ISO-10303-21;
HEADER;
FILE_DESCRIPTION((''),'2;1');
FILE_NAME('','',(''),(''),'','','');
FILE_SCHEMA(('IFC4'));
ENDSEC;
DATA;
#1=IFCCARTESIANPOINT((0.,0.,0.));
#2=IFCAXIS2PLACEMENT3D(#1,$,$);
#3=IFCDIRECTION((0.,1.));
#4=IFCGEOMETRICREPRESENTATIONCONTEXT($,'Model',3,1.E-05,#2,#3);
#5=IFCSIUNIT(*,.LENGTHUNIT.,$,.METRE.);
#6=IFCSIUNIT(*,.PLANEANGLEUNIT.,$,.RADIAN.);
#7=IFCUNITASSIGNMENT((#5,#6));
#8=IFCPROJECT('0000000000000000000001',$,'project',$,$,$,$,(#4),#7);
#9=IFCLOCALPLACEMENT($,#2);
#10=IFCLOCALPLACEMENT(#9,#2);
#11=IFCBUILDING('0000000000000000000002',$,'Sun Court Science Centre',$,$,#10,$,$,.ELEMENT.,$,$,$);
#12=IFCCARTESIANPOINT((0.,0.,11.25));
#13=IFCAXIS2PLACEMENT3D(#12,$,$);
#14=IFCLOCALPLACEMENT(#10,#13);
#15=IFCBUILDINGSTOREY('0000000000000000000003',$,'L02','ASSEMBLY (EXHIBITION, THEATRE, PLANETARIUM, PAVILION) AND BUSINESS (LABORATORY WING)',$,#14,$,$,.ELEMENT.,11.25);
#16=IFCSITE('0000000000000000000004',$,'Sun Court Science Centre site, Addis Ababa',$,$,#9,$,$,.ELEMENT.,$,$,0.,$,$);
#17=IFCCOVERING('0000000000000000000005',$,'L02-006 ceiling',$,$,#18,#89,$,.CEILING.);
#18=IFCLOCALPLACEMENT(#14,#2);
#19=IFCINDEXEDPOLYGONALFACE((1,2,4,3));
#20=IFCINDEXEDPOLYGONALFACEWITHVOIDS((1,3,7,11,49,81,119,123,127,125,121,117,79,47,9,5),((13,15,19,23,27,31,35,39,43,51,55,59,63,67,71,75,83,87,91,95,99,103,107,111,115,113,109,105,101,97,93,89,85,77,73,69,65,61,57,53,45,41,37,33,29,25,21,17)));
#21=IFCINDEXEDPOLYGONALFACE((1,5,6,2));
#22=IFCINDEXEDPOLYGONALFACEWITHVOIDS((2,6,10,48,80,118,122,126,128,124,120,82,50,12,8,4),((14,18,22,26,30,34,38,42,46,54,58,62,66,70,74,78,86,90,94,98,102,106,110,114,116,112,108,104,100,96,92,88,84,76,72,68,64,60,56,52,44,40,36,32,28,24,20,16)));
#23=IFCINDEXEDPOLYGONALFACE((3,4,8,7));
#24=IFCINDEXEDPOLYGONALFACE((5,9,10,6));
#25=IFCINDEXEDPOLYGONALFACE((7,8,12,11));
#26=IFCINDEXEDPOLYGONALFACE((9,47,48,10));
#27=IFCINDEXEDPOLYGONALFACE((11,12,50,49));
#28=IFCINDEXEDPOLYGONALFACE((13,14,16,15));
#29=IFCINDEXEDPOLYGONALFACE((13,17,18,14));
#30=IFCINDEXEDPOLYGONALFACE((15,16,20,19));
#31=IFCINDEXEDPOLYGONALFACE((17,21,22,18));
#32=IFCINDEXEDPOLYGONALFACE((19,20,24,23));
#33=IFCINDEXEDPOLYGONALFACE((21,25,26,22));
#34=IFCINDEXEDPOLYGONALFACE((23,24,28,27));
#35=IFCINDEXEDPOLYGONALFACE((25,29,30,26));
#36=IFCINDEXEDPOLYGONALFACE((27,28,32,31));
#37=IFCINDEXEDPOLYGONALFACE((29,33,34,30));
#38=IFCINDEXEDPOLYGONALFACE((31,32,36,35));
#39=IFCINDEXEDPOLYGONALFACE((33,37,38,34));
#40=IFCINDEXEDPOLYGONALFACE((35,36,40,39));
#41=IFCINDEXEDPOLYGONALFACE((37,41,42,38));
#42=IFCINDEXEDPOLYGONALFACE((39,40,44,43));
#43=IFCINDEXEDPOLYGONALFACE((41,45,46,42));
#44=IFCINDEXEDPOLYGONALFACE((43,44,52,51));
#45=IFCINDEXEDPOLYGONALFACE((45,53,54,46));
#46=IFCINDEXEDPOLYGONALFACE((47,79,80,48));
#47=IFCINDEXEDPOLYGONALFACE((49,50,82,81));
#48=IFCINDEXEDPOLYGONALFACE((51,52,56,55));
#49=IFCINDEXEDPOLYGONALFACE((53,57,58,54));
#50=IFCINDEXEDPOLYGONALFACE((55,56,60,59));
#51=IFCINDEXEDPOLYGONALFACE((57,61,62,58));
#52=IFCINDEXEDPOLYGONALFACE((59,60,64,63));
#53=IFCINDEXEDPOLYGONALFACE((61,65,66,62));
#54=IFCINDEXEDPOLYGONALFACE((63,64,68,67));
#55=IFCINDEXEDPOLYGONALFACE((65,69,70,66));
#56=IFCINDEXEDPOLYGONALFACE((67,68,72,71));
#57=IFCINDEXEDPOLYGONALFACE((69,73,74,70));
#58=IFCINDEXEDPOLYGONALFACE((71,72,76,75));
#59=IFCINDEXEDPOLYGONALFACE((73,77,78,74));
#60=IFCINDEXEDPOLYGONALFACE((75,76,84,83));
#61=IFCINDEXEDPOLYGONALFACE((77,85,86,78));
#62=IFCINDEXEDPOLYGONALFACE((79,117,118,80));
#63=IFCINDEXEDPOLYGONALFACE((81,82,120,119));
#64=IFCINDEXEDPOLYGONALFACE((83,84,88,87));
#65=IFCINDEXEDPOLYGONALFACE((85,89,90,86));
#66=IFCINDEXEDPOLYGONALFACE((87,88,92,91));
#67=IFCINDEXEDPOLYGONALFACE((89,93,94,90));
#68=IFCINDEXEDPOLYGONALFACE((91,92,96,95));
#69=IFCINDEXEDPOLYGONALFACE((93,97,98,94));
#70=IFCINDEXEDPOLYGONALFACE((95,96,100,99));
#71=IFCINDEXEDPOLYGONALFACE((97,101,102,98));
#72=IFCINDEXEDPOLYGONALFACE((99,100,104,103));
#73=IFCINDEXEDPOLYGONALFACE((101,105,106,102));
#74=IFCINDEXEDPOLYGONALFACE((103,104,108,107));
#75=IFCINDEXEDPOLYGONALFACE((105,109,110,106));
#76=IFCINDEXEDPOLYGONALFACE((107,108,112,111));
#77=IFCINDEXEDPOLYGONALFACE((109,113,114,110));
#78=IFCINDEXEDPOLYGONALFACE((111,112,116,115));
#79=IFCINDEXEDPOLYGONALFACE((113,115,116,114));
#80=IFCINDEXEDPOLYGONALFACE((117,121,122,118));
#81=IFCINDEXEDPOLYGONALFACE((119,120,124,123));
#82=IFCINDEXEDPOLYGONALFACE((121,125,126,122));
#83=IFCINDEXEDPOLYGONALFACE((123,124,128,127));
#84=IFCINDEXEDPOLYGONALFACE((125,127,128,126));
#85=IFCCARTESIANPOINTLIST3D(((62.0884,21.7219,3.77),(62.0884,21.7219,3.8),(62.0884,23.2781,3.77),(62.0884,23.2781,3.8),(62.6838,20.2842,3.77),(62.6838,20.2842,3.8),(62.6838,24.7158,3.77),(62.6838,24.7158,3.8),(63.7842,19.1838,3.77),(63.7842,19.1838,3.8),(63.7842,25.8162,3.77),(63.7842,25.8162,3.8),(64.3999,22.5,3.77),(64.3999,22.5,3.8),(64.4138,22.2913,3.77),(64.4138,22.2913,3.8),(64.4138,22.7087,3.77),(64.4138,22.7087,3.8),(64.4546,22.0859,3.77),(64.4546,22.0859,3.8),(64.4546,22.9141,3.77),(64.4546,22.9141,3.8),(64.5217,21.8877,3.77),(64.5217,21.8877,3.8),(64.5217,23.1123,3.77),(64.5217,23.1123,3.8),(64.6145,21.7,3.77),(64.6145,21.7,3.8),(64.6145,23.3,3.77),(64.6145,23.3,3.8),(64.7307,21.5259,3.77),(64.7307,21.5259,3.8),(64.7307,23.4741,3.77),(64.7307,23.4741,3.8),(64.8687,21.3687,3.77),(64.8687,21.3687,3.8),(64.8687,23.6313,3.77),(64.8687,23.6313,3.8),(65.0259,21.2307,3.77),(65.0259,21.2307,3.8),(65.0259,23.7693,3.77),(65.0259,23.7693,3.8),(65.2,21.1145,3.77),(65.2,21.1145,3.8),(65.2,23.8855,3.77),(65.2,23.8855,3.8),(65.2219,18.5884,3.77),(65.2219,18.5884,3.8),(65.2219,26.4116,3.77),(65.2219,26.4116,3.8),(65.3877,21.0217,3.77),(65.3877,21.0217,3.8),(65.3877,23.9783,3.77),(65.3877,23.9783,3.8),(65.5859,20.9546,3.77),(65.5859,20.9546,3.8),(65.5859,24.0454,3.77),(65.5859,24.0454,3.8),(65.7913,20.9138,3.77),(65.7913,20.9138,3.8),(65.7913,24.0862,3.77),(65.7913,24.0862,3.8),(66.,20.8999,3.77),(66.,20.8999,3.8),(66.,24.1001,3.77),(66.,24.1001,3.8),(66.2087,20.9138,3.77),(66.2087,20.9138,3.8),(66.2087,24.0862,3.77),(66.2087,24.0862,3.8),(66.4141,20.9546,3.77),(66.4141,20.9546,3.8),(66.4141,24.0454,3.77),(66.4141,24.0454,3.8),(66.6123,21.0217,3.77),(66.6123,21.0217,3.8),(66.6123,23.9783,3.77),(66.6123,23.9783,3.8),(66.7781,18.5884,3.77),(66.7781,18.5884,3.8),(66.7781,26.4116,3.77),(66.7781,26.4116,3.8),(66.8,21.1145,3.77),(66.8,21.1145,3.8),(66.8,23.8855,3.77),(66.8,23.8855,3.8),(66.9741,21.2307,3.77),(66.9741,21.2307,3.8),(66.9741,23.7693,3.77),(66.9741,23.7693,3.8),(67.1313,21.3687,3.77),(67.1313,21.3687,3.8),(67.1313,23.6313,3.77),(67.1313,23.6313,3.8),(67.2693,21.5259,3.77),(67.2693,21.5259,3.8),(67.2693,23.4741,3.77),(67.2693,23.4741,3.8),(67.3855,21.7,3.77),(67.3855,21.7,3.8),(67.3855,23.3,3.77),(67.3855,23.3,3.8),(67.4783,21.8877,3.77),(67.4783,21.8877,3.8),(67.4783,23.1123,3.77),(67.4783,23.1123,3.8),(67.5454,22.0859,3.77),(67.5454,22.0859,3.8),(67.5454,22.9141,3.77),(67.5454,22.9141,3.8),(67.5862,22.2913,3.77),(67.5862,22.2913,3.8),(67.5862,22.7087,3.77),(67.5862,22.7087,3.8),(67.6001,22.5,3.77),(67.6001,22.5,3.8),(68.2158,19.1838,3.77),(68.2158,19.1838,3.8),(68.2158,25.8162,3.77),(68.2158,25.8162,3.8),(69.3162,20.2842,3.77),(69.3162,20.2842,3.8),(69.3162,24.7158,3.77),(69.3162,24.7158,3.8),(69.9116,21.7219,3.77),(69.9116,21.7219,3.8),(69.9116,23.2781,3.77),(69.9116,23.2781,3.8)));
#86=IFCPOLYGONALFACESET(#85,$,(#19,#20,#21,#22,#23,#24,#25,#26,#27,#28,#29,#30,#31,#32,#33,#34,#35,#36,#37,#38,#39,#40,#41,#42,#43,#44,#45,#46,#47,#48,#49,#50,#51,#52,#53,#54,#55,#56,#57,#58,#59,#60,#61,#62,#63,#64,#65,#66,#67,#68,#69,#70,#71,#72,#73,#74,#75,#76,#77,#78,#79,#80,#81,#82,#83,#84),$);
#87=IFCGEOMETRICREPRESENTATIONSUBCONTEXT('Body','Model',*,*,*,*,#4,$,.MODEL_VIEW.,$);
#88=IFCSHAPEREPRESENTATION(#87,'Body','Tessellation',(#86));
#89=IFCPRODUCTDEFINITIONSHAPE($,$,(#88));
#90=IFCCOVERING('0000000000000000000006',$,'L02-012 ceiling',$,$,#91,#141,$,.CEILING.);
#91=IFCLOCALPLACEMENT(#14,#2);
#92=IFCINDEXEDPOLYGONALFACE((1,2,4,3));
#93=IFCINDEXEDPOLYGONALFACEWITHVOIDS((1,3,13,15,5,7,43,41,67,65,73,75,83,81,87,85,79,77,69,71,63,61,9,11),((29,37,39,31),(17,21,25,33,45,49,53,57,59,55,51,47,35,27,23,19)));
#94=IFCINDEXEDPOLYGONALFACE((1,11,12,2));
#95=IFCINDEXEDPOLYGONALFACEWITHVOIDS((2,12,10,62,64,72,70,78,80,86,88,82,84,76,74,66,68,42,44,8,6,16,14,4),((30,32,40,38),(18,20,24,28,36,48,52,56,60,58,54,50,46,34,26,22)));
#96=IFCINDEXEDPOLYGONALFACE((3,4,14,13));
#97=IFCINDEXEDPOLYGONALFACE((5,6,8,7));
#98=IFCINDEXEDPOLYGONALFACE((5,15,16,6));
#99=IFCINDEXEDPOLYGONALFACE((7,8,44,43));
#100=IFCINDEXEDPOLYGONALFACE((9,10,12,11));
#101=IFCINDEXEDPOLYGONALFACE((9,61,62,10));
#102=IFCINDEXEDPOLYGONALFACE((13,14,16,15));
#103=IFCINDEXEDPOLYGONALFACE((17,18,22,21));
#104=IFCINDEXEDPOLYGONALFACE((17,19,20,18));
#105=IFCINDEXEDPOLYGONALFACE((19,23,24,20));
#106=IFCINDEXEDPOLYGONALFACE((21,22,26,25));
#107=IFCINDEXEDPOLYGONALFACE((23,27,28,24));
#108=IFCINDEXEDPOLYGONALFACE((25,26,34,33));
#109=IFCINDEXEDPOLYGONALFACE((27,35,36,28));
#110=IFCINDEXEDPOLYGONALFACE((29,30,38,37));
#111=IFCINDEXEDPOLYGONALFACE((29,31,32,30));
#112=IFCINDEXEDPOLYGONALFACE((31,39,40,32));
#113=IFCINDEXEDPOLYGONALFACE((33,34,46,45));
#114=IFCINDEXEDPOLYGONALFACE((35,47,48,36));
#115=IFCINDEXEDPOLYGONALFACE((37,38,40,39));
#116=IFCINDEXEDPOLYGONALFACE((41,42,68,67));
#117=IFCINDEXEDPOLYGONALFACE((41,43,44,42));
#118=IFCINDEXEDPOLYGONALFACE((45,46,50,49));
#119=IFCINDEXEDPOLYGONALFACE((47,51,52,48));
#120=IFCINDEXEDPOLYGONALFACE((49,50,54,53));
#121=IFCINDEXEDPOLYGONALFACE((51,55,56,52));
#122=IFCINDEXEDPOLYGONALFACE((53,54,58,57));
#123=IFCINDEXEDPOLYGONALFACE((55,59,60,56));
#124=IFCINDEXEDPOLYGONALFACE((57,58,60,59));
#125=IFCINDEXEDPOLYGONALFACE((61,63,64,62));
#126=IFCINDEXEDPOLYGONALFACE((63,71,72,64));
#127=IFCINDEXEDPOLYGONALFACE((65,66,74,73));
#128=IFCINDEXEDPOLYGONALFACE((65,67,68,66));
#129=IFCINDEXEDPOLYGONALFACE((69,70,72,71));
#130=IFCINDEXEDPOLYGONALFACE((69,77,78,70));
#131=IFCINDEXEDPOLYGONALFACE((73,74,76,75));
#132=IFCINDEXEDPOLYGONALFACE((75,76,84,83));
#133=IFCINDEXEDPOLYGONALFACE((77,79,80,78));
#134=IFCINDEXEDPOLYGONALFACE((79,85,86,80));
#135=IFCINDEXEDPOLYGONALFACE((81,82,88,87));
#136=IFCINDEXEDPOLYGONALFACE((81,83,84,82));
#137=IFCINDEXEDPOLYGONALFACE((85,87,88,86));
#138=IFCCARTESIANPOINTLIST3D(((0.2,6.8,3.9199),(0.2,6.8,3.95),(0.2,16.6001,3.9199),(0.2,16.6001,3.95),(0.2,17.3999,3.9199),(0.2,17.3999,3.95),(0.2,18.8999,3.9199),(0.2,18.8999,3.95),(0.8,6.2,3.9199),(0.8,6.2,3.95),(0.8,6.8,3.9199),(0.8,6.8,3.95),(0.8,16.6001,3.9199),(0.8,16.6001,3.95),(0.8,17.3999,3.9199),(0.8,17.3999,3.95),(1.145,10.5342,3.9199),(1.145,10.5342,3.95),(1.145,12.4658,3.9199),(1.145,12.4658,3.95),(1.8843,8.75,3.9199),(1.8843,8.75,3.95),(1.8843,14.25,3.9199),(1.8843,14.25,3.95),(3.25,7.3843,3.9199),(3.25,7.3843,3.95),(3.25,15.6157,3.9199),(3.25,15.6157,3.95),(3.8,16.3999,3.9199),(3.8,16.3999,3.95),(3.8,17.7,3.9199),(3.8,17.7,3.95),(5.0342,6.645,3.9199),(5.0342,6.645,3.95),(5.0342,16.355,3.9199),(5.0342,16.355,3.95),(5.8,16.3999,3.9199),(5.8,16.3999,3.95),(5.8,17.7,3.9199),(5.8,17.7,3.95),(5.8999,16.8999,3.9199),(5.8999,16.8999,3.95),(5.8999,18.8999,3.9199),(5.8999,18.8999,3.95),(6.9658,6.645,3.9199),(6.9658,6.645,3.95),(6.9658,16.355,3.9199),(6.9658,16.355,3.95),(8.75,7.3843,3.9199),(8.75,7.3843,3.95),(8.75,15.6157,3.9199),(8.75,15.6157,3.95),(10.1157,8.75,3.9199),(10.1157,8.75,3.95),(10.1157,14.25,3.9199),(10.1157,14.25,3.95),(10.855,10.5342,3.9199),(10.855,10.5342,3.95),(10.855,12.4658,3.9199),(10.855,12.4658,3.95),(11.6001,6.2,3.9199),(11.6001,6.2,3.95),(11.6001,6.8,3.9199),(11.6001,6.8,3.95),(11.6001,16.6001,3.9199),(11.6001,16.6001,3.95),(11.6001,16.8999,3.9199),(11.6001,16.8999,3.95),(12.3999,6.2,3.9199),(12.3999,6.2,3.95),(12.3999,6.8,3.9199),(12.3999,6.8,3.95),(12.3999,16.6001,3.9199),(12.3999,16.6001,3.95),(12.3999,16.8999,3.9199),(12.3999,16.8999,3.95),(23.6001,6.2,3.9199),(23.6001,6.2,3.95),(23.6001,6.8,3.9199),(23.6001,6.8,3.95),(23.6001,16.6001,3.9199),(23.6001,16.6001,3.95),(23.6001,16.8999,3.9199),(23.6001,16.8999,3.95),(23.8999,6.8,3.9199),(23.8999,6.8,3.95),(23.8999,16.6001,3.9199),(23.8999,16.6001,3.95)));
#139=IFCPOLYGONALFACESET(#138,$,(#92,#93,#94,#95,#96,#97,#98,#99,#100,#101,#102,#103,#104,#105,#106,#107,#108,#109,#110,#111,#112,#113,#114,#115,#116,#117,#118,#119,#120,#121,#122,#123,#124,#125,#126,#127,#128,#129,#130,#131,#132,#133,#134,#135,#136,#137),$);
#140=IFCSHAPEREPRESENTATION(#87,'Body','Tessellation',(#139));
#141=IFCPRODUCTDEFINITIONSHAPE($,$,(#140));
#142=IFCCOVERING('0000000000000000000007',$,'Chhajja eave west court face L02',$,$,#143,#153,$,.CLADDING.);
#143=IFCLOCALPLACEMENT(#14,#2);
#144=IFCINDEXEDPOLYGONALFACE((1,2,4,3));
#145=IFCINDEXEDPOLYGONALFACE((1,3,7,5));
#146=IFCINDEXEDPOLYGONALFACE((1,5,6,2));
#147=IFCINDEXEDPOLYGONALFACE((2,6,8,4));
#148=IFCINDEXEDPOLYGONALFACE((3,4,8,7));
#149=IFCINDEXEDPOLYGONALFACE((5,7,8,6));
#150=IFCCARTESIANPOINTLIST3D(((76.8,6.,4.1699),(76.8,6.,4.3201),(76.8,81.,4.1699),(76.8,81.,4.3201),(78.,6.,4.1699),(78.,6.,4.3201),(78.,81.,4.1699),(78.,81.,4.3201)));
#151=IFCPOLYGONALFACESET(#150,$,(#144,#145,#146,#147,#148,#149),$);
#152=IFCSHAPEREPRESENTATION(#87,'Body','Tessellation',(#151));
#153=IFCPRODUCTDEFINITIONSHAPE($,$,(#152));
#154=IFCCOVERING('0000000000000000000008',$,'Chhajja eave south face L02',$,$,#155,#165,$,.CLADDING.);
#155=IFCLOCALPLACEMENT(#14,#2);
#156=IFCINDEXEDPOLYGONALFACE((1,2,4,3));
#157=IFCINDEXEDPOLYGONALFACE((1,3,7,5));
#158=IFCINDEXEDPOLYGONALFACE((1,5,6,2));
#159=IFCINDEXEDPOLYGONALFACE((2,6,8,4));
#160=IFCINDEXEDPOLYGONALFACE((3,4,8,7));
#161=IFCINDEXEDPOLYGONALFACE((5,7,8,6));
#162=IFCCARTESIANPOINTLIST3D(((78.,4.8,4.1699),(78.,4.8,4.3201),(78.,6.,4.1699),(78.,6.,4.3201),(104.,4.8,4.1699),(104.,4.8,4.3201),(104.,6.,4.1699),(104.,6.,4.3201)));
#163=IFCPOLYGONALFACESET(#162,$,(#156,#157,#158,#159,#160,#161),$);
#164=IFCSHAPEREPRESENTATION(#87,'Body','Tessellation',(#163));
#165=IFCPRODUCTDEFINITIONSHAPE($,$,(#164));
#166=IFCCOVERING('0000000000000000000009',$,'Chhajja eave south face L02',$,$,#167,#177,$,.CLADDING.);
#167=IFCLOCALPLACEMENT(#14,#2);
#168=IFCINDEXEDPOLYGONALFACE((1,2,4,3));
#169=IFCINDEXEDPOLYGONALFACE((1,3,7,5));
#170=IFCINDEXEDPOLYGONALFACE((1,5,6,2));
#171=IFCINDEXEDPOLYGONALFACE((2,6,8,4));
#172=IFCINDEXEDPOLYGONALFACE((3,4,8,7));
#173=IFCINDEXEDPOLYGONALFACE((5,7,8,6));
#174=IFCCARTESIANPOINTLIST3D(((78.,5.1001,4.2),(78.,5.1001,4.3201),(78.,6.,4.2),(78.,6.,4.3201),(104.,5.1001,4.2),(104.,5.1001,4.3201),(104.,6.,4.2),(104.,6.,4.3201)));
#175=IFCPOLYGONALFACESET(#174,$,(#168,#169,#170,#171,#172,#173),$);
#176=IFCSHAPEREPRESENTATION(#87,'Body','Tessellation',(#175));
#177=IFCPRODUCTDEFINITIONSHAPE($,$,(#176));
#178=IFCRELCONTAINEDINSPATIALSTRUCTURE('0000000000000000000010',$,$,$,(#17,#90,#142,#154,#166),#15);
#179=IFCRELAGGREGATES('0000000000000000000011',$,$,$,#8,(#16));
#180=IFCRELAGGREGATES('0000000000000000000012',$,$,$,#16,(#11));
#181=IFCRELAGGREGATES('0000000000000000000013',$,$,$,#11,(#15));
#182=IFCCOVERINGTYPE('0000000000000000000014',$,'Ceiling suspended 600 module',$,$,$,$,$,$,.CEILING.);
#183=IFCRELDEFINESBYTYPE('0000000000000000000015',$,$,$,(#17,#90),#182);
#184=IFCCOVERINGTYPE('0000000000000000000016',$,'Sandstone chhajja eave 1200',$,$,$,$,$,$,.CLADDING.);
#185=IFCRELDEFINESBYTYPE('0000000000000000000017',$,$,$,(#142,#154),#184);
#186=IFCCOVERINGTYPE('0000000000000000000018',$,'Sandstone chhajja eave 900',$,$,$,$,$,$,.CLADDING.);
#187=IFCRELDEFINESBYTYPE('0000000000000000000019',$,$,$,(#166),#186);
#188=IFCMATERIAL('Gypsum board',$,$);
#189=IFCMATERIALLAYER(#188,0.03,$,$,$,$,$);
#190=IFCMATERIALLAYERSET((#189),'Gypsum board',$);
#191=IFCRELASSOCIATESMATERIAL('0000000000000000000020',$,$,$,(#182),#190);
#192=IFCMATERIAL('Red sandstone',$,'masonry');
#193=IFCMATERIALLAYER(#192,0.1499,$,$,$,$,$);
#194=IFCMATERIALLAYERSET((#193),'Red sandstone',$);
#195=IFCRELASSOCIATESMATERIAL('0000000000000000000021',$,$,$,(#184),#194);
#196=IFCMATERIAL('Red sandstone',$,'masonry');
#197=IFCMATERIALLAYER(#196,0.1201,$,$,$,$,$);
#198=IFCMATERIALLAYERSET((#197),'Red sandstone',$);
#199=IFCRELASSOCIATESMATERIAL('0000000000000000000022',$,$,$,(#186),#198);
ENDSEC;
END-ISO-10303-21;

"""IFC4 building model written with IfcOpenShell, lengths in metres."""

from ifc_helpers import new_model, si_unit, direction, frame, origin, place, context, subcontext, project, spatial, polyline, outline, extrude, material, layer, layer_set, type_object, element, save


model = new_model("IFC4")

# Units and contexts
model_context = context("Model", 3, precision=1e-05, world=origin(), true_north=direction((0.0, 1.0)))
body_context = subcontext(model_context, "Body", "Model", "MODEL_VIEW")
ifc_project = project(units=[si_unit("LENGTHUNIT", "METRE"), si_unit("PLANEANGLEUNIT", "RADIAN")], contexts=[model_context])

# Site, building, storey
site_placement = place(None, origin())
site = spatial("IfcSite", under=ifc_project, at=site_placement, Name="Sun Court Science Centre site, Addis Ababa", CompositionType="ELEMENT", RefElevation=0.0)
building_placement = place(site_placement, origin())
building = spatial("IfcBuilding", under=site, at=building_placement, Name="Sun Court Science Centre", CompositionType="ELEMENT")
storey_placement = place(building_placement, frame((0.0, 0.0, 11.25)))
storey = spatial("IfcBuildingStorey", under=building, at=storey_placement, Name="L02", Description="ASSEMBLY (EXHIBITION, THEATRE, PLANETARIUM, PAVILION) AND BUSINESS (LABORATORY WING)", CompositionType="ELEMENT", Elevation=11.25)

# Coverings
ifc_material_1 = material(Name="Gypsum board")
ifc_layer_1 = layer(ifc_material_1, 0.03)
ifc_layer_set_1 = layer_set([ifc_layer_1], Name="Gypsum board")
covering_type_1 = type_object("IfcCoveringType", Name="Ceiling suspended 600 module", PredefinedType="CEILING", material=ifc_layer_set_1)
covering_1_placement = place(storey_placement, frame((0.0, 0.0, 3.77)))
element("IfcCovering", 1, at=covering_1_placement, inside=storey, type_object=covering_type_1, Name="L02-006 ceiling", PredefinedType="CEILING", context=body_context, shape_type="SweptSolid", body=[
    extrude(outline(polyline([(69.3162, 20.2842), (68.2158, 19.1838), (66.7781, 18.5884), (65.2219, 18.5884), (63.7842, 19.1838), (62.6838, 20.2842), (62.0884, 21.7219), (62.0884, 23.2781), (62.6838, 24.7158), (63.7842, 25.8162), (65.2219, 26.4116), (66.7781, 26.4116), (68.2158, 25.8162), (69.3162, 24.7158), (69.9116, 23.2781), (69.9116, 21.7219), (69.3162, 20.2842)]), holes=[polyline([(67.4783, 23.1123), (67.3855, 23.3), (67.2693, 23.4741), (67.1313, 23.6313), (66.9741, 23.7693), (66.8, 23.8855), (66.6123, 23.9783), (66.4141, 24.0454), (66.2087, 24.0862), (66.0, 24.1001), (65.7913, 24.0862), (65.5859, 24.0454), (65.3877, 23.9783), (65.2, 23.8855), (65.0259, 23.7693), (64.8687, 23.6313), (64.7307, 23.4741), (64.6145, 23.3), (64.5217, 23.1123), (64.4546, 22.9141), (64.4138, 22.7087), (64.3999, 22.5), (64.4138, 22.2913), (64.4546, 22.0859), (64.5217, 21.8877), (64.6145, 21.7), (64.7307, 21.5259), (64.8687, 21.3687), (65.0259, 21.2307), (65.2, 21.1145), (65.3877, 21.0217), (65.5859, 20.9546), (65.7913, 20.9138), (66.0, 20.8999), (66.2087, 20.9138), (66.4141, 20.9546), (66.6123, 21.0217), (66.8, 21.1145), (66.9741, 21.2307), (67.1313, 21.3687), (67.2693, 21.5259), (67.3855, 21.7), (67.4783, 21.8877), (67.5454, 22.0859), (67.5862, 22.2913), (67.6001, 22.5), (67.5862, 22.7087), (67.5454, 22.9141), (67.4783, 23.1123)])]), origin(), (0.0, 0.0, 1.0), 0.03),
])
covering_2_placement = place(storey_placement, frame((0.0, 0.0, 3.9199)))
element("IfcCovering", 2, at=covering_2_placement, inside=storey, type_object=covering_type_1, Name="L02-012 ceiling", PredefinedType="CEILING", context=body_context, shape_type="SweptSolid", body=[
    extrude(outline(polyline([(5.8999, 16.8999), (11.6001, 16.8999), (11.6001, 16.6001), (12.3999, 16.6001), (12.3999, 16.8999), (23.6001, 16.8999), (23.6001, 16.6001), (23.8999, 16.6001), (23.8999, 6.8), (23.6001, 6.8), (23.6001, 6.2), (12.3999, 6.2), (12.3999, 6.8), (11.6001, 6.8), (11.6001, 6.2), (0.8, 6.2), (0.8, 6.8), (0.2, 6.8), (0.2, 16.6001), (0.8, 16.6001), (0.8, 17.3999), (0.2, 17.3999), (0.2, 18.8999), (5.8999, 18.8999), (5.8999, 16.8999)]), holes=[polyline([(5.0342, 16.355), (3.25, 15.6157), (1.8843, 14.25), (1.145, 12.4658), (1.145, 10.5342), (1.8843, 8.75), (3.25, 7.3843), (5.0342, 6.645), (6.9658, 6.645), (8.75, 7.3843), (10.1157, 8.75), (10.855, 10.5342), (10.855, 12.4658), (10.1157, 14.25), (8.75, 15.6157), (6.9658, 16.355), (5.0342, 16.355)]), polyline([(5.8, 16.3999), (5.8, 17.7), (3.8, 17.7), (3.8, 16.3999), (5.8, 16.3999)])]), origin(), (0.0, 0.0, 1.0), 0.03),
])
ifc_material_2 = material(Name="Red sandstone", Category="masonry")
ifc_layer_2 = layer(ifc_material_2, 0.1499)
ifc_layer_set_2 = layer_set([ifc_layer_2], Name="Red sandstone")
covering_type_2 = type_object("IfcCoveringType", Name="Sandstone chhajja eave 1200", PredefinedType="CLADDING", material=ifc_layer_set_2)
covering_3_placement = place(storey_placement, frame((0.0, 0.0, 4.1699)))
element("IfcCovering", 3, at=covering_3_placement, inside=storey, type_object=covering_type_2, Name="Chhajja eave west court face L02", PredefinedType="CLADDING", context=body_context, shape_type="SweptSolid", body=[
    extrude(outline(polyline([(76.8, 6.0), (78.0, 6.0), (78.0, 81.0), (76.8, 81.0), (76.8, 6.0)])), origin(), (0.0, 0.0, 1.0), 0.1501),
])
covering_4_placement = place(storey_placement, frame((0.0, 0.0, 4.1699)))
element("IfcCovering", 4, at=covering_4_placement, inside=storey, type_object=covering_type_2, Name="Chhajja eave south face L02", PredefinedType="CLADDING", context=body_context, shape_type="SweptSolid", body=[
    extrude(outline(polyline([(78.0, 6.0), (104.0, 6.0), (104.0, 4.8), (78.0, 4.8), (78.0, 6.0)])), origin(), (0.0, 0.0, 1.0), 0.1501),
])
ifc_material_3 = material(Name="Red sandstone", Category="masonry")
ifc_layer_3 = layer(ifc_material_3, 0.1201)
ifc_layer_set_3 = layer_set([ifc_layer_3], Name="Red sandstone")
covering_type_3 = type_object("IfcCoveringType", Name="Sandstone chhajja eave 900", PredefinedType="CLADDING", material=ifc_layer_set_3)
covering_5_placement = place(storey_placement, frame((0.0, 0.0, 4.2)))
element("IfcCovering", 5, at=covering_5_placement, inside=storey, type_object=covering_type_3, Name="Chhajja eave south face L02", PredefinedType="CLADDING", context=body_context, shape_type="SweptSolid", body=[
    extrude(outline(polyline([(104.0, 6.0), (78.0, 6.0), (78.0, 5.1001), (104.0, 5.1001), (104.0, 6.0)])), origin(), (0.0, 0.0, 1.0), 0.1201),
])

save(model, "model.ifc")
